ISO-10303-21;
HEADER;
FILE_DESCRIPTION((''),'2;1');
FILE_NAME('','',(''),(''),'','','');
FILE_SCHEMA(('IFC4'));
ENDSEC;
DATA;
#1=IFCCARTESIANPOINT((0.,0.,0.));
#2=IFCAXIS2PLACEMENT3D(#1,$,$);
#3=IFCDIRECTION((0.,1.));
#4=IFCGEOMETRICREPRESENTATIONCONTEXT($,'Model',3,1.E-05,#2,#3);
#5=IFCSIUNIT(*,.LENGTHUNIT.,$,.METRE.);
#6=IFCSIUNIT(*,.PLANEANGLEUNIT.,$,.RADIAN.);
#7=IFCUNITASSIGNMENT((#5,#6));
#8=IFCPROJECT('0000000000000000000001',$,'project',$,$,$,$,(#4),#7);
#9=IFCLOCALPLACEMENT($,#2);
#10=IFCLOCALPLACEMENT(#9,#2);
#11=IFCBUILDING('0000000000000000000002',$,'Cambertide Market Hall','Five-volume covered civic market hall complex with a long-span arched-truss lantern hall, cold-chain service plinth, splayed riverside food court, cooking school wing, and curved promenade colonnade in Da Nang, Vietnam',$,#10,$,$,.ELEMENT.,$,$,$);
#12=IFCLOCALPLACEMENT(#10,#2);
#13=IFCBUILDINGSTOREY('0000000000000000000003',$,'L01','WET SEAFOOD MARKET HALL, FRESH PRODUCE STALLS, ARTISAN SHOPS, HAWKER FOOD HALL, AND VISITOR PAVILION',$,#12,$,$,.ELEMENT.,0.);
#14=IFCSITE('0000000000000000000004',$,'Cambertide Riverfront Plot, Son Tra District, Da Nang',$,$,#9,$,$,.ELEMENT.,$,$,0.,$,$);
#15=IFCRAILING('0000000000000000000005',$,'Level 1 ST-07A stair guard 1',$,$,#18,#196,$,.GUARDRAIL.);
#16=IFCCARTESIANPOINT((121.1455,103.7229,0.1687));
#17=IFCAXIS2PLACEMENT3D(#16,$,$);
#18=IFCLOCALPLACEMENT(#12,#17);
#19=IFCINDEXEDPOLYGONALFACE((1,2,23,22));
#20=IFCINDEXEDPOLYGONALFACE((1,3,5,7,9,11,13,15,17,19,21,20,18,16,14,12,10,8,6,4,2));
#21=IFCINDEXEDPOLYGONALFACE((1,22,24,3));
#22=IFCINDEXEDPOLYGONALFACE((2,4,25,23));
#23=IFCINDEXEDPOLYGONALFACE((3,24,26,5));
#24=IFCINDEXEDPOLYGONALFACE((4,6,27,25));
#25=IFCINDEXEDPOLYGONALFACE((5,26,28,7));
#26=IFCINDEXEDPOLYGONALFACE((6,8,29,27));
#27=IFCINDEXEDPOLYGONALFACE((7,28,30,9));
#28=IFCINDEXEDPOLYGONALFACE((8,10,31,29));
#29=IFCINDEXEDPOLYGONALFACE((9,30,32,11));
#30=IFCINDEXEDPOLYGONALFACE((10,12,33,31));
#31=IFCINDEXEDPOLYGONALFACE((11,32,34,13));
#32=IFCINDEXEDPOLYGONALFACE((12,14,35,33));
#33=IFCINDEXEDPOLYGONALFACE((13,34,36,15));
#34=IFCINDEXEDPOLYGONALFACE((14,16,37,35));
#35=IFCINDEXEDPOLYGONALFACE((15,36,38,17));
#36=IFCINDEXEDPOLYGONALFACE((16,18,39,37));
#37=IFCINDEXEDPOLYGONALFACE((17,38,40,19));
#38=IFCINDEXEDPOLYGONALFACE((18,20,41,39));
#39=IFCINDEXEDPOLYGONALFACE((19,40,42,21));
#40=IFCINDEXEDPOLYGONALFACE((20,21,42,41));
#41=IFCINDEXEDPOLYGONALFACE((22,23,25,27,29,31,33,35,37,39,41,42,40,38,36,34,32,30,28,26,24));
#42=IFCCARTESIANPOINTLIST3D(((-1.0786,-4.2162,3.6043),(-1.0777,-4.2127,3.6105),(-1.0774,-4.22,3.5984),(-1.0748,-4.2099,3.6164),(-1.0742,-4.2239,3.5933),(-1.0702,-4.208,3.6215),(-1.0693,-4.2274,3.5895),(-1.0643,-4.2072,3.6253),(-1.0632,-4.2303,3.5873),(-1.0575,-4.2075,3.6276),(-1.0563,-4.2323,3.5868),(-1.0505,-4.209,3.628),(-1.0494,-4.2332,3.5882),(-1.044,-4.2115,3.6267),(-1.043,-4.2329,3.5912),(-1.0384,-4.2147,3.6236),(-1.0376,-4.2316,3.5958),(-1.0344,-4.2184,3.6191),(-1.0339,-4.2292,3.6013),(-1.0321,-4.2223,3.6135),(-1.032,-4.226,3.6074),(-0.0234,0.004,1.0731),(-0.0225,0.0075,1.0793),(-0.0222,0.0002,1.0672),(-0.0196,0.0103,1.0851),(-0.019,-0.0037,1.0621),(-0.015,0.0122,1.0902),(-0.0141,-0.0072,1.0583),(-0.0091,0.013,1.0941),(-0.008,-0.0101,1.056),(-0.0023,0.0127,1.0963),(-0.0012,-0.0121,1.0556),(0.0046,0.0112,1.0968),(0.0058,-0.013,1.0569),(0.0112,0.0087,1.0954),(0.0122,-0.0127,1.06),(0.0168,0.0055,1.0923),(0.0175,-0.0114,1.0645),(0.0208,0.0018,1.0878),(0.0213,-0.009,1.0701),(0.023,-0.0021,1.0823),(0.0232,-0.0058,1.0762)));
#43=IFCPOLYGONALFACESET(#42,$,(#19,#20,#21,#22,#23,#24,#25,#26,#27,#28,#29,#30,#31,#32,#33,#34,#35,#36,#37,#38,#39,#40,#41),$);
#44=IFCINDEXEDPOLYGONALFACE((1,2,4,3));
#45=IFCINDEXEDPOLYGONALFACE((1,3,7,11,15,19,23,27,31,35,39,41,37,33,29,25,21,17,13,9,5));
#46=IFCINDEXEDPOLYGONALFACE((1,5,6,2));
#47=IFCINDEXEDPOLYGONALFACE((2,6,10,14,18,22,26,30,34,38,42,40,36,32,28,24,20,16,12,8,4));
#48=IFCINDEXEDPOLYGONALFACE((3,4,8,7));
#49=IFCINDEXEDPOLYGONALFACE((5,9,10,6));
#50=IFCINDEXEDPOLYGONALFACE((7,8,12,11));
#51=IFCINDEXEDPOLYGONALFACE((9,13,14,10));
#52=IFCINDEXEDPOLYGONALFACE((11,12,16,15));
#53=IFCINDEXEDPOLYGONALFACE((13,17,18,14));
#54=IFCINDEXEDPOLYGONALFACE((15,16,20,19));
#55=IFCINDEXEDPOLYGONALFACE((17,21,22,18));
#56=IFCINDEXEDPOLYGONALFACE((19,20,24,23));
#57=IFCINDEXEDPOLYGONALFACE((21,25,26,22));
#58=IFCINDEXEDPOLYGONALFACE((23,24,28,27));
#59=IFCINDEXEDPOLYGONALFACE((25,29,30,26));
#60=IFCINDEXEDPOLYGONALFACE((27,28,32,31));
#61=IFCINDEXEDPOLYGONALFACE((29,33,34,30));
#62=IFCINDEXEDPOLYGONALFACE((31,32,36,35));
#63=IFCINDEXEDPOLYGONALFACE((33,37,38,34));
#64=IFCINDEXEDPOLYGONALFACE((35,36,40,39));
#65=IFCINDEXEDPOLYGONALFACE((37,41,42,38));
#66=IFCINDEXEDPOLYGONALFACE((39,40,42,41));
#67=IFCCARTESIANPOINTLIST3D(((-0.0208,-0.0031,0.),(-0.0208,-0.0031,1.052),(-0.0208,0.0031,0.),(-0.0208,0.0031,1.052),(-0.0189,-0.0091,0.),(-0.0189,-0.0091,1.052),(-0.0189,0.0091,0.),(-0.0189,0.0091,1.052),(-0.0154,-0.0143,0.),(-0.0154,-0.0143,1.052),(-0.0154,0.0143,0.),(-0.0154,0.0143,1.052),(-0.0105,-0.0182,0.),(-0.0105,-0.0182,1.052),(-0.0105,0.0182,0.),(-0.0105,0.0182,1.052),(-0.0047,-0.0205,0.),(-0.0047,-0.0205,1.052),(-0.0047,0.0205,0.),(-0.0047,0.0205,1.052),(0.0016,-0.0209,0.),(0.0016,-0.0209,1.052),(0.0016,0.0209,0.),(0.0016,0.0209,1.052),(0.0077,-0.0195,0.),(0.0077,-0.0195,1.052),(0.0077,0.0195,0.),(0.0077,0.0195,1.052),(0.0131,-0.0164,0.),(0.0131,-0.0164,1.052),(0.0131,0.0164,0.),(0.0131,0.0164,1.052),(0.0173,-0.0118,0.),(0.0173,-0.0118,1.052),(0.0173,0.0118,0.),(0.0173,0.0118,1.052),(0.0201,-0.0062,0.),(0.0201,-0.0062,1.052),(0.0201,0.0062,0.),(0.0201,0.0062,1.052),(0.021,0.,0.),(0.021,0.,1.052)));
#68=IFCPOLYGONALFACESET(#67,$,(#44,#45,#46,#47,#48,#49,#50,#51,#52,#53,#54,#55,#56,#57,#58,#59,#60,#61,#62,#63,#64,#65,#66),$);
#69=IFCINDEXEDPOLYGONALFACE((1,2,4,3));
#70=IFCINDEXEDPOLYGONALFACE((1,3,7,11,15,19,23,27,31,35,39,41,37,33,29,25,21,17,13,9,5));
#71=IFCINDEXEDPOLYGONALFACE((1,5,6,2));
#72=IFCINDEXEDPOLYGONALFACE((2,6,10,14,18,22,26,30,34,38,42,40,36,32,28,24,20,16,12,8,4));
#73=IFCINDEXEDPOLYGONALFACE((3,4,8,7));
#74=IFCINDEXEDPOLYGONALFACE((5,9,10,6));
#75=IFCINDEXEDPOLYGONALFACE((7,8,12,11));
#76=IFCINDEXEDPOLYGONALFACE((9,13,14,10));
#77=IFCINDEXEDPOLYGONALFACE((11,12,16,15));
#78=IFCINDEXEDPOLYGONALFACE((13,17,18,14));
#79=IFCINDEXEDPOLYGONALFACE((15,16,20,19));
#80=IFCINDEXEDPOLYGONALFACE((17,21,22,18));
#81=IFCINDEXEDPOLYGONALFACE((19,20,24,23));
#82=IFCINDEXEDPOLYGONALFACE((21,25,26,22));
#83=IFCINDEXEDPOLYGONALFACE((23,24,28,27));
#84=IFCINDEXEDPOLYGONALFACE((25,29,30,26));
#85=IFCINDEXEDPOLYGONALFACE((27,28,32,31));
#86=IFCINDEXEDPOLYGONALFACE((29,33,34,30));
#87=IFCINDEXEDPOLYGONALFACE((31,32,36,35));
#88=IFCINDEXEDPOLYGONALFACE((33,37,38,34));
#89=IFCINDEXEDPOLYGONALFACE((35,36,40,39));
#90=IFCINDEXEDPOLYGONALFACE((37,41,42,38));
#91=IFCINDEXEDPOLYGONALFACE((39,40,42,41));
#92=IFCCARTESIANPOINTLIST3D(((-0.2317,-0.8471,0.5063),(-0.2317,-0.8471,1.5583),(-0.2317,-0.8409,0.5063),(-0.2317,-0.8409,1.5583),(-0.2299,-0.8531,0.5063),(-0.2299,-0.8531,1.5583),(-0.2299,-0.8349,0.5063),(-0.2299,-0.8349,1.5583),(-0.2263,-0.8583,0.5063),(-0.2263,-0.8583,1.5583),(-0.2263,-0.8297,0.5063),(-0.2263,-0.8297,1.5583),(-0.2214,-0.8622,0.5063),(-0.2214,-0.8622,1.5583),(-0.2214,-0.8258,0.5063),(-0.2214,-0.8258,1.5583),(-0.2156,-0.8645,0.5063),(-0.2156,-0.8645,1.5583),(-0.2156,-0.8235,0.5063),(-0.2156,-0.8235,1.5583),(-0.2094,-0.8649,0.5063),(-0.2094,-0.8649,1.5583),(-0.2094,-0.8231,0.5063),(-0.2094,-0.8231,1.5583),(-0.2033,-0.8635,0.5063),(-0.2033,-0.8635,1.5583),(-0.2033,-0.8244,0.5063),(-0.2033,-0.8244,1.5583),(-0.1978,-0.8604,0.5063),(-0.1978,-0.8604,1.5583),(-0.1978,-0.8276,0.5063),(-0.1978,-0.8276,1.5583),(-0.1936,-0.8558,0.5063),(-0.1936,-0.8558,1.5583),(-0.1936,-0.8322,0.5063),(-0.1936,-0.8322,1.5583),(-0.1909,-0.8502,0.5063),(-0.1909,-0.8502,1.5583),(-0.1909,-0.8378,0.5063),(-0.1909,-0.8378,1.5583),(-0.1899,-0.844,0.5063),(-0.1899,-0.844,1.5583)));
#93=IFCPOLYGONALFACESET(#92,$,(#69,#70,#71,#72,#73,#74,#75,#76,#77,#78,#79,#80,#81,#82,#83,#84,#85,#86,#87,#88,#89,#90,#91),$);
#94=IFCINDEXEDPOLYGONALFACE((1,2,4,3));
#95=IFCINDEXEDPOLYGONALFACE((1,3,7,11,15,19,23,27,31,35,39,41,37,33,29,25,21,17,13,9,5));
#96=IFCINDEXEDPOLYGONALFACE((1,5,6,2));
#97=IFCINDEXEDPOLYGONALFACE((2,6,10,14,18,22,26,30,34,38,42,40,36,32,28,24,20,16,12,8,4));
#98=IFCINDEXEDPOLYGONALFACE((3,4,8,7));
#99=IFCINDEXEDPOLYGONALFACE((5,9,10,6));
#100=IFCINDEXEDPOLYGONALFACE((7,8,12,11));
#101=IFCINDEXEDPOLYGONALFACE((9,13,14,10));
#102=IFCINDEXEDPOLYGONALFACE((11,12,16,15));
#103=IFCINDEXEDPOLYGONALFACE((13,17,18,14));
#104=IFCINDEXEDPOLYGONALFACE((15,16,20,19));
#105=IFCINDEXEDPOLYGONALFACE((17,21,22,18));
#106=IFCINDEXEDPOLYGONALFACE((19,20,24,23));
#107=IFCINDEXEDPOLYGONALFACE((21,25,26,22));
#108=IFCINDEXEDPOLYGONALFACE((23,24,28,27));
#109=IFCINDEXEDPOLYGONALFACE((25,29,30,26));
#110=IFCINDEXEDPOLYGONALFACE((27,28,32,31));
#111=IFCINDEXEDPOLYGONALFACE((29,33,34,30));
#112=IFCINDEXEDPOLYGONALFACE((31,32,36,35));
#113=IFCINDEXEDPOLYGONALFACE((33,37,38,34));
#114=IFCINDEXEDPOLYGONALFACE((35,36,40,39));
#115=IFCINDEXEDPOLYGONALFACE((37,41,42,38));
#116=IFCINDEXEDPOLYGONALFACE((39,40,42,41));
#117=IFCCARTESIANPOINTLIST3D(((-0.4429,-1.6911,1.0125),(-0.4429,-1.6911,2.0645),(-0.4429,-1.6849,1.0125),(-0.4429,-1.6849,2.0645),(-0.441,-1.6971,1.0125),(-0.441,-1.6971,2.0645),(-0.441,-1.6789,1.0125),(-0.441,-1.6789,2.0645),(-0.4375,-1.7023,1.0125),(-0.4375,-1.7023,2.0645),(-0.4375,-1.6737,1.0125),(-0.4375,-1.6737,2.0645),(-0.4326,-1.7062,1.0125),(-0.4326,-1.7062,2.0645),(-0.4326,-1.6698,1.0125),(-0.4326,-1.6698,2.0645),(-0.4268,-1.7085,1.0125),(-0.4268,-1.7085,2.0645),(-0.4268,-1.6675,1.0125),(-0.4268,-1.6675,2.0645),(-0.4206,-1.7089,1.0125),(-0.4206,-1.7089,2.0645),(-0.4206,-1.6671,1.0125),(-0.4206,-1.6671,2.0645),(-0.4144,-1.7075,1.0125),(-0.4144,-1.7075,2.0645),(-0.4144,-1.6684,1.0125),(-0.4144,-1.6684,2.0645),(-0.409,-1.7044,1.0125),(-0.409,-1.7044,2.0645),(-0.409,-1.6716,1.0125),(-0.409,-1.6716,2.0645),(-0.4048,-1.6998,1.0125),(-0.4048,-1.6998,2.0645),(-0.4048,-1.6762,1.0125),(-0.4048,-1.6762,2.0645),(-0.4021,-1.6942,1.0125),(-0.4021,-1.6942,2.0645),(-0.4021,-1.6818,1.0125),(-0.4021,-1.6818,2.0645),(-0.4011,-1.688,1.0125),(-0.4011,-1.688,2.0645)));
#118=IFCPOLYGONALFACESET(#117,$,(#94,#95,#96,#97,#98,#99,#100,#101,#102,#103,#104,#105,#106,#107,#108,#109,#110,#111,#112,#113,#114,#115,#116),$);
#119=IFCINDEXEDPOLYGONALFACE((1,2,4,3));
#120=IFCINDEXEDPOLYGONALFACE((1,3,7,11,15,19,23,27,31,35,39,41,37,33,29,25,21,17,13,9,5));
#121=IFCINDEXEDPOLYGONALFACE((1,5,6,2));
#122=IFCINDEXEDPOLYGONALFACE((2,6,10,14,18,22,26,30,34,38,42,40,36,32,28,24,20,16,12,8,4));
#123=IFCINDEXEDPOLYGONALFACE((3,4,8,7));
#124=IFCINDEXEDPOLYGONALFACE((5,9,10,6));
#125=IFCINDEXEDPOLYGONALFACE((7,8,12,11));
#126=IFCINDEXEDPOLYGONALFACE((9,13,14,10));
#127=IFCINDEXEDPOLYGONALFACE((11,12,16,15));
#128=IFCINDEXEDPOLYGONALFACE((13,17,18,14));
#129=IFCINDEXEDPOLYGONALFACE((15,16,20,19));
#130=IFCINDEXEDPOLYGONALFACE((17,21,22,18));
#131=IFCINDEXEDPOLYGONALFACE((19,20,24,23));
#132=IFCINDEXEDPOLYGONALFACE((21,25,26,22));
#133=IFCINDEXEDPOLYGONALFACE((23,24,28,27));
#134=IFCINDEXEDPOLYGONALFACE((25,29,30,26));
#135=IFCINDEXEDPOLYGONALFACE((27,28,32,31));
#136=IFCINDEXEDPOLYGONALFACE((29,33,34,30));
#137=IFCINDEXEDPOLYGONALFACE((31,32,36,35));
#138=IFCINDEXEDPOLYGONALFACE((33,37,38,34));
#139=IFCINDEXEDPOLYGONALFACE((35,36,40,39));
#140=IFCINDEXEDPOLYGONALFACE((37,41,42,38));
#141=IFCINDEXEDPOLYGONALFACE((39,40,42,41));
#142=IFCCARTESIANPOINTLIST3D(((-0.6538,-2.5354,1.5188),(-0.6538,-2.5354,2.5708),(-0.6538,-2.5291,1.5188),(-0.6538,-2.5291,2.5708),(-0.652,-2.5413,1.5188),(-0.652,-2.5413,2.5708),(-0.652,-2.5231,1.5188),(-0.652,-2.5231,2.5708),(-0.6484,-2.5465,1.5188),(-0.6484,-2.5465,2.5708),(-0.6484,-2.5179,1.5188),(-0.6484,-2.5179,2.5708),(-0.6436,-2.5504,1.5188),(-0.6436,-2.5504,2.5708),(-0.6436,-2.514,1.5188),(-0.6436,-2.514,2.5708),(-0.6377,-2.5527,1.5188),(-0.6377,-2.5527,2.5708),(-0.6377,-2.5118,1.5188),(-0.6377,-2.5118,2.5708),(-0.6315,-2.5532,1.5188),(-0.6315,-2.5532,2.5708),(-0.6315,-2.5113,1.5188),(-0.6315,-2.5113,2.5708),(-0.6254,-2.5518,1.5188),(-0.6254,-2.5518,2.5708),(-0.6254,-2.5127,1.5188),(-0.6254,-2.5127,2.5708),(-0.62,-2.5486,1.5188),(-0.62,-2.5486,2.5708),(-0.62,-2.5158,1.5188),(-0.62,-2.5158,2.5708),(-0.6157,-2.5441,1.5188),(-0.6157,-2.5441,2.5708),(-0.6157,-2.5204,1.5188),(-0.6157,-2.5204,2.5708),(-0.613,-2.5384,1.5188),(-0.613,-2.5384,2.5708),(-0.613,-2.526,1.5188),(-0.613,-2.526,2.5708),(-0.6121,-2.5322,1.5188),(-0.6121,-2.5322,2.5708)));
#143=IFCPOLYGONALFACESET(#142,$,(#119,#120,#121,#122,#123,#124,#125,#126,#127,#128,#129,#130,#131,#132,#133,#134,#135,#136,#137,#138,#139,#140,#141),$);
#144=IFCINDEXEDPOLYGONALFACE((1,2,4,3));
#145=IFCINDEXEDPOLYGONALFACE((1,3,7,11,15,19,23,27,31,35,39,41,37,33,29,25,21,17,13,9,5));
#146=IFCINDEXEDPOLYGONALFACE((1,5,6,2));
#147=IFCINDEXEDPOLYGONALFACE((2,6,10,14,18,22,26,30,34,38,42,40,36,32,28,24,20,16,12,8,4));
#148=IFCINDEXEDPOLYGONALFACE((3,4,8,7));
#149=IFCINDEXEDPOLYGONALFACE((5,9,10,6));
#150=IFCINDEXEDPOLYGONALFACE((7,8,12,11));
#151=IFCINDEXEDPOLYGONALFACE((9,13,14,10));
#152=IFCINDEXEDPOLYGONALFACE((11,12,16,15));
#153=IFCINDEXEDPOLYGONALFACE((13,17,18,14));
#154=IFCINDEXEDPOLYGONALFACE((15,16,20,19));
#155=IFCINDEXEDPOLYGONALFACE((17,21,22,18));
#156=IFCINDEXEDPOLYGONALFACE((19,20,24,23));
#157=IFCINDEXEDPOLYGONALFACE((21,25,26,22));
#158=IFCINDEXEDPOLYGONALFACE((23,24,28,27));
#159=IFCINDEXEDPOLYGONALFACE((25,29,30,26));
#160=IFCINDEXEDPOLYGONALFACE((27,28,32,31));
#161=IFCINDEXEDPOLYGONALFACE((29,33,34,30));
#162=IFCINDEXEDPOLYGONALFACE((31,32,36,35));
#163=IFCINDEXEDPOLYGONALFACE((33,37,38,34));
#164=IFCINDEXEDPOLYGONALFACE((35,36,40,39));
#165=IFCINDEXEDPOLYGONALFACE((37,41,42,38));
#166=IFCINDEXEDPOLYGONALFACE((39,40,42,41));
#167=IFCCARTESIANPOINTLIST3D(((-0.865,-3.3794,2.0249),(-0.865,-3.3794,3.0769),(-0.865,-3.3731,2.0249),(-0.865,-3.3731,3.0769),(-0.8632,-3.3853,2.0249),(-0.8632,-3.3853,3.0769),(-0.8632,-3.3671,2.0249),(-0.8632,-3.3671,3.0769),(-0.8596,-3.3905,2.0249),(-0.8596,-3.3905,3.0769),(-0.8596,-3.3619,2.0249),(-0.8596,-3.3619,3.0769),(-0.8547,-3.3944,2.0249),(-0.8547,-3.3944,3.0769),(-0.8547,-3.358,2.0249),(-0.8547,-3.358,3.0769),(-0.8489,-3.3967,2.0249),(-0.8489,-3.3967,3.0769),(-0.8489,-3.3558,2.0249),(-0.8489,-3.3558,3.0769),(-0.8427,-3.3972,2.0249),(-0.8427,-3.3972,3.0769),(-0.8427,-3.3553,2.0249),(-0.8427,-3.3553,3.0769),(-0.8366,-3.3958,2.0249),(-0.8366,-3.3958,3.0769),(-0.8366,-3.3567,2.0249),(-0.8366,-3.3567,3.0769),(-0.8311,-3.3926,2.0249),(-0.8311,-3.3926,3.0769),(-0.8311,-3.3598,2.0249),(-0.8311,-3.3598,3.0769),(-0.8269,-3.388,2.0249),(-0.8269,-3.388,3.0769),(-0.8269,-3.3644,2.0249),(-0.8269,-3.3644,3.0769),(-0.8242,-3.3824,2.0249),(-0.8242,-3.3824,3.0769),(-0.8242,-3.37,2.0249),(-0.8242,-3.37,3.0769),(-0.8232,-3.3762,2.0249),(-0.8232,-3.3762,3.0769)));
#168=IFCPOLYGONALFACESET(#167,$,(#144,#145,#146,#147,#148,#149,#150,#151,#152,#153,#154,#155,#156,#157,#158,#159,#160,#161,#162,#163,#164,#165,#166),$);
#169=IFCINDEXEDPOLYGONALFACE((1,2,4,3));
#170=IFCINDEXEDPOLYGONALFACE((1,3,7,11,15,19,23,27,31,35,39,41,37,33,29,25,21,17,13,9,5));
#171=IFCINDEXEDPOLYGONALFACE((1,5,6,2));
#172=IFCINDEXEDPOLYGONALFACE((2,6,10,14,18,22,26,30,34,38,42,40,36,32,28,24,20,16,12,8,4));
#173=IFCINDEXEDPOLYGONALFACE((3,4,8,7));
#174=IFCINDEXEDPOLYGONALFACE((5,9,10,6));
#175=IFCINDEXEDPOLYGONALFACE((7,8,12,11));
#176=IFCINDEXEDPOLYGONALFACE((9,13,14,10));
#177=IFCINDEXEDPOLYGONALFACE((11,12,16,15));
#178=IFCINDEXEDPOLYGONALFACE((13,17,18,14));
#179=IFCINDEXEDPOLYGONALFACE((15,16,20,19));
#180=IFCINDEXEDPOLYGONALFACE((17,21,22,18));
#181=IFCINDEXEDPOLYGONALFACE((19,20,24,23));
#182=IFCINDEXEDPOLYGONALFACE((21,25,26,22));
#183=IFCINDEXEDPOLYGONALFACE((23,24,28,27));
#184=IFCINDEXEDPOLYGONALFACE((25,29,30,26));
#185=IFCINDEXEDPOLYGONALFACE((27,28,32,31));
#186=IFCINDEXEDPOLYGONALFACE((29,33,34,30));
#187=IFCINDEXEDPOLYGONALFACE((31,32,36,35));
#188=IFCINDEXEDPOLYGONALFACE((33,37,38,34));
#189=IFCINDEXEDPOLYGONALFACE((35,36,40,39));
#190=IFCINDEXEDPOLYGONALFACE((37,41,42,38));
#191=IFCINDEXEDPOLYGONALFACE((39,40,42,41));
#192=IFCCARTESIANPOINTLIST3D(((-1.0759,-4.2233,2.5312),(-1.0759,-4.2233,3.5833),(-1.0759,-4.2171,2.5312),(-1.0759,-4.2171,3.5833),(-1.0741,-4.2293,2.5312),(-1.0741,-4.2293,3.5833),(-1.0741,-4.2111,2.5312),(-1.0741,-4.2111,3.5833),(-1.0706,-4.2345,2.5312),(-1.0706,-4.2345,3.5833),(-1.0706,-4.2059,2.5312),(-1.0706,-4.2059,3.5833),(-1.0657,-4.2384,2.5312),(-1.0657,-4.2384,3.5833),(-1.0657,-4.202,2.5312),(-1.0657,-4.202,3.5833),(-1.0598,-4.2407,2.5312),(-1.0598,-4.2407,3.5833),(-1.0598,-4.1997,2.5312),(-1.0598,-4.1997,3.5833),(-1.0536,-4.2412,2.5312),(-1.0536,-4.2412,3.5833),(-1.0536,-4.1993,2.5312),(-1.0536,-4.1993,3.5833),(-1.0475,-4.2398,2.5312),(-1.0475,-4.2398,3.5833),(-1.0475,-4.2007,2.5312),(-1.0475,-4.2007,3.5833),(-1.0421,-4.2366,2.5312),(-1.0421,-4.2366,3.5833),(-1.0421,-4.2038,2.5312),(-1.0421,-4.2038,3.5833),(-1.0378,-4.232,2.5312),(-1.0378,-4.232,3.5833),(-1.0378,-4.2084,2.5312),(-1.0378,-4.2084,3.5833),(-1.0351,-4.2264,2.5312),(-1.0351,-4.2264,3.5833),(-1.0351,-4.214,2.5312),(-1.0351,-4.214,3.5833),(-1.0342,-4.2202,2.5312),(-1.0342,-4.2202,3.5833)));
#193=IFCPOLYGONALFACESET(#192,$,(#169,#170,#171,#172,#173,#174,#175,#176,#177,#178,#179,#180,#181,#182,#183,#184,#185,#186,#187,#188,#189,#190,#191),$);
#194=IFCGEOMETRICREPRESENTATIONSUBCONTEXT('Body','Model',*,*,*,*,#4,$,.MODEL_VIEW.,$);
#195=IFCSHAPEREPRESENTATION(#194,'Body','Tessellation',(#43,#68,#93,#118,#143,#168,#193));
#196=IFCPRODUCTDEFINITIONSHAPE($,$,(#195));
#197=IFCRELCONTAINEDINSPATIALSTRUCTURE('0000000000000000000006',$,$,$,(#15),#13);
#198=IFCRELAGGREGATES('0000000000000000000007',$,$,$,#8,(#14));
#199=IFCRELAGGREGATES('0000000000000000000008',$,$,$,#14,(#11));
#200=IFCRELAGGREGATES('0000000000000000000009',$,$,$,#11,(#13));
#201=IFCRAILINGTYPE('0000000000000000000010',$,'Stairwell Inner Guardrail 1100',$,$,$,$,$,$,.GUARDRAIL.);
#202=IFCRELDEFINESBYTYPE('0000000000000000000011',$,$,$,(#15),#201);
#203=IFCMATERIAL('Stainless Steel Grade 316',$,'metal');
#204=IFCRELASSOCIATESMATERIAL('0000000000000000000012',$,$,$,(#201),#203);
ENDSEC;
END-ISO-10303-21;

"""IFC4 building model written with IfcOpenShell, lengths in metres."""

from ifc_helpers import new_model, si_unit, direction, frame, origin, origin_2d, place, context, subcontext, project, spatial, circle, extrude, material, type_object, element, save


model = new_model("IFC4")

# Units and contexts
model_context = context("Model", 3, precision=1e-05, world=origin(), true_north=direction((0.0, 1.0)))
body_context = subcontext(model_context, "Body", "Model", "MODEL_VIEW")
ifc_project = project(units=[si_unit("LENGTHUNIT", "METRE"), si_unit("PLANEANGLEUNIT", "RADIAN")], contexts=[model_context])

# Site, building, storey
site_placement = place(None, origin())
site = spatial("IfcSite", under=ifc_project, at=site_placement, Name="Cambertide Riverfront Plot, Son Tra District, Da Nang", CompositionType="ELEMENT", RefElevation=0.0)
building_placement = place(site_placement, origin())
building = spatial("IfcBuilding", under=site, at=building_placement, Name="Cambertide Market Hall", Description="Five-volume covered civic market hall complex with a long-span arched-truss lantern hall, cold-chain service plinth, splayed riverside food court, cooking school wing, and curved promenade colonnade in Da Nang, Vietnam", CompositionType="ELEMENT")
storey_placement = place(building_placement, origin())
storey = spatial("IfcBuildingStorey", under=building, at=storey_placement, Name="L01", Description="WET SEAFOOD MARKET HALL, FRESH PRODUCE STALLS, ARTISAN SHOPS, HAWKER FOOD HALL, AND VISITOR PAVILION", CompositionType="ELEMENT", Elevation=0.0)

# Railing
ifc_material_1 = material(Name="Stainless Steel Grade 316", Category="metal")
railing_type_1 = type_object("IfcRailingType", Name="Stairwell Inner Guardrail 1100", PredefinedType="GUARDRAIL", material=ifc_material_1)
railing_1_placement = place(storey_placement, frame((121.1455, 103.7229, 0.1687)))
element("IfcRailing", 1, at=railing_1_placement, inside=storey, type_object=railing_type_1, Name="Level 1 ST-07A stair guard 1", PredefinedType="GUARDRAIL", context=body_context, shape_type="SweptSolid", body=[
    extrude(circle(Radius=0.0239, at=origin_2d()), frame((0.0, 0.0, 1.0762), z_axis=(-0.209653, -0.838513, 0.502933), x_axis=(0.970136, -0.242562, 0.0)), (0.0, 0.0, 1.0), 5.033),
    extrude(circle(Radius=0.021, at=origin_2d()), origin(), (0.0, 0.0, 1.0), 1.052),
    extrude(circle(Radius=0.021, at=origin_2d()), frame((-0.2109, -0.844, 0.5063)), (0.0, 0.0, 1.0), 1.052),
    extrude(circle(Radius=0.021, at=origin_2d()), frame((-0.4221, -1.688, 1.0125)), (0.0, 0.0, 1.0), 1.052),
    extrude(circle(Radius=0.021, at=origin_2d()), frame((-0.6331, -2.5322, 1.5188)), (0.0, 0.0, 1.0), 1.052),
    extrude(circle(Radius=0.021, at=origin_2d()), frame((-0.8442, -3.3762, 2.0249)), (0.0, 0.0, 1.0), 1.052),
    extrude(circle(Radius=0.021, at=origin_2d()), frame((-1.0552, -4.2202, 2.5312)), (0.0, 0.0, 1.0), 1.052),
])

save(model, "model.ifc")
